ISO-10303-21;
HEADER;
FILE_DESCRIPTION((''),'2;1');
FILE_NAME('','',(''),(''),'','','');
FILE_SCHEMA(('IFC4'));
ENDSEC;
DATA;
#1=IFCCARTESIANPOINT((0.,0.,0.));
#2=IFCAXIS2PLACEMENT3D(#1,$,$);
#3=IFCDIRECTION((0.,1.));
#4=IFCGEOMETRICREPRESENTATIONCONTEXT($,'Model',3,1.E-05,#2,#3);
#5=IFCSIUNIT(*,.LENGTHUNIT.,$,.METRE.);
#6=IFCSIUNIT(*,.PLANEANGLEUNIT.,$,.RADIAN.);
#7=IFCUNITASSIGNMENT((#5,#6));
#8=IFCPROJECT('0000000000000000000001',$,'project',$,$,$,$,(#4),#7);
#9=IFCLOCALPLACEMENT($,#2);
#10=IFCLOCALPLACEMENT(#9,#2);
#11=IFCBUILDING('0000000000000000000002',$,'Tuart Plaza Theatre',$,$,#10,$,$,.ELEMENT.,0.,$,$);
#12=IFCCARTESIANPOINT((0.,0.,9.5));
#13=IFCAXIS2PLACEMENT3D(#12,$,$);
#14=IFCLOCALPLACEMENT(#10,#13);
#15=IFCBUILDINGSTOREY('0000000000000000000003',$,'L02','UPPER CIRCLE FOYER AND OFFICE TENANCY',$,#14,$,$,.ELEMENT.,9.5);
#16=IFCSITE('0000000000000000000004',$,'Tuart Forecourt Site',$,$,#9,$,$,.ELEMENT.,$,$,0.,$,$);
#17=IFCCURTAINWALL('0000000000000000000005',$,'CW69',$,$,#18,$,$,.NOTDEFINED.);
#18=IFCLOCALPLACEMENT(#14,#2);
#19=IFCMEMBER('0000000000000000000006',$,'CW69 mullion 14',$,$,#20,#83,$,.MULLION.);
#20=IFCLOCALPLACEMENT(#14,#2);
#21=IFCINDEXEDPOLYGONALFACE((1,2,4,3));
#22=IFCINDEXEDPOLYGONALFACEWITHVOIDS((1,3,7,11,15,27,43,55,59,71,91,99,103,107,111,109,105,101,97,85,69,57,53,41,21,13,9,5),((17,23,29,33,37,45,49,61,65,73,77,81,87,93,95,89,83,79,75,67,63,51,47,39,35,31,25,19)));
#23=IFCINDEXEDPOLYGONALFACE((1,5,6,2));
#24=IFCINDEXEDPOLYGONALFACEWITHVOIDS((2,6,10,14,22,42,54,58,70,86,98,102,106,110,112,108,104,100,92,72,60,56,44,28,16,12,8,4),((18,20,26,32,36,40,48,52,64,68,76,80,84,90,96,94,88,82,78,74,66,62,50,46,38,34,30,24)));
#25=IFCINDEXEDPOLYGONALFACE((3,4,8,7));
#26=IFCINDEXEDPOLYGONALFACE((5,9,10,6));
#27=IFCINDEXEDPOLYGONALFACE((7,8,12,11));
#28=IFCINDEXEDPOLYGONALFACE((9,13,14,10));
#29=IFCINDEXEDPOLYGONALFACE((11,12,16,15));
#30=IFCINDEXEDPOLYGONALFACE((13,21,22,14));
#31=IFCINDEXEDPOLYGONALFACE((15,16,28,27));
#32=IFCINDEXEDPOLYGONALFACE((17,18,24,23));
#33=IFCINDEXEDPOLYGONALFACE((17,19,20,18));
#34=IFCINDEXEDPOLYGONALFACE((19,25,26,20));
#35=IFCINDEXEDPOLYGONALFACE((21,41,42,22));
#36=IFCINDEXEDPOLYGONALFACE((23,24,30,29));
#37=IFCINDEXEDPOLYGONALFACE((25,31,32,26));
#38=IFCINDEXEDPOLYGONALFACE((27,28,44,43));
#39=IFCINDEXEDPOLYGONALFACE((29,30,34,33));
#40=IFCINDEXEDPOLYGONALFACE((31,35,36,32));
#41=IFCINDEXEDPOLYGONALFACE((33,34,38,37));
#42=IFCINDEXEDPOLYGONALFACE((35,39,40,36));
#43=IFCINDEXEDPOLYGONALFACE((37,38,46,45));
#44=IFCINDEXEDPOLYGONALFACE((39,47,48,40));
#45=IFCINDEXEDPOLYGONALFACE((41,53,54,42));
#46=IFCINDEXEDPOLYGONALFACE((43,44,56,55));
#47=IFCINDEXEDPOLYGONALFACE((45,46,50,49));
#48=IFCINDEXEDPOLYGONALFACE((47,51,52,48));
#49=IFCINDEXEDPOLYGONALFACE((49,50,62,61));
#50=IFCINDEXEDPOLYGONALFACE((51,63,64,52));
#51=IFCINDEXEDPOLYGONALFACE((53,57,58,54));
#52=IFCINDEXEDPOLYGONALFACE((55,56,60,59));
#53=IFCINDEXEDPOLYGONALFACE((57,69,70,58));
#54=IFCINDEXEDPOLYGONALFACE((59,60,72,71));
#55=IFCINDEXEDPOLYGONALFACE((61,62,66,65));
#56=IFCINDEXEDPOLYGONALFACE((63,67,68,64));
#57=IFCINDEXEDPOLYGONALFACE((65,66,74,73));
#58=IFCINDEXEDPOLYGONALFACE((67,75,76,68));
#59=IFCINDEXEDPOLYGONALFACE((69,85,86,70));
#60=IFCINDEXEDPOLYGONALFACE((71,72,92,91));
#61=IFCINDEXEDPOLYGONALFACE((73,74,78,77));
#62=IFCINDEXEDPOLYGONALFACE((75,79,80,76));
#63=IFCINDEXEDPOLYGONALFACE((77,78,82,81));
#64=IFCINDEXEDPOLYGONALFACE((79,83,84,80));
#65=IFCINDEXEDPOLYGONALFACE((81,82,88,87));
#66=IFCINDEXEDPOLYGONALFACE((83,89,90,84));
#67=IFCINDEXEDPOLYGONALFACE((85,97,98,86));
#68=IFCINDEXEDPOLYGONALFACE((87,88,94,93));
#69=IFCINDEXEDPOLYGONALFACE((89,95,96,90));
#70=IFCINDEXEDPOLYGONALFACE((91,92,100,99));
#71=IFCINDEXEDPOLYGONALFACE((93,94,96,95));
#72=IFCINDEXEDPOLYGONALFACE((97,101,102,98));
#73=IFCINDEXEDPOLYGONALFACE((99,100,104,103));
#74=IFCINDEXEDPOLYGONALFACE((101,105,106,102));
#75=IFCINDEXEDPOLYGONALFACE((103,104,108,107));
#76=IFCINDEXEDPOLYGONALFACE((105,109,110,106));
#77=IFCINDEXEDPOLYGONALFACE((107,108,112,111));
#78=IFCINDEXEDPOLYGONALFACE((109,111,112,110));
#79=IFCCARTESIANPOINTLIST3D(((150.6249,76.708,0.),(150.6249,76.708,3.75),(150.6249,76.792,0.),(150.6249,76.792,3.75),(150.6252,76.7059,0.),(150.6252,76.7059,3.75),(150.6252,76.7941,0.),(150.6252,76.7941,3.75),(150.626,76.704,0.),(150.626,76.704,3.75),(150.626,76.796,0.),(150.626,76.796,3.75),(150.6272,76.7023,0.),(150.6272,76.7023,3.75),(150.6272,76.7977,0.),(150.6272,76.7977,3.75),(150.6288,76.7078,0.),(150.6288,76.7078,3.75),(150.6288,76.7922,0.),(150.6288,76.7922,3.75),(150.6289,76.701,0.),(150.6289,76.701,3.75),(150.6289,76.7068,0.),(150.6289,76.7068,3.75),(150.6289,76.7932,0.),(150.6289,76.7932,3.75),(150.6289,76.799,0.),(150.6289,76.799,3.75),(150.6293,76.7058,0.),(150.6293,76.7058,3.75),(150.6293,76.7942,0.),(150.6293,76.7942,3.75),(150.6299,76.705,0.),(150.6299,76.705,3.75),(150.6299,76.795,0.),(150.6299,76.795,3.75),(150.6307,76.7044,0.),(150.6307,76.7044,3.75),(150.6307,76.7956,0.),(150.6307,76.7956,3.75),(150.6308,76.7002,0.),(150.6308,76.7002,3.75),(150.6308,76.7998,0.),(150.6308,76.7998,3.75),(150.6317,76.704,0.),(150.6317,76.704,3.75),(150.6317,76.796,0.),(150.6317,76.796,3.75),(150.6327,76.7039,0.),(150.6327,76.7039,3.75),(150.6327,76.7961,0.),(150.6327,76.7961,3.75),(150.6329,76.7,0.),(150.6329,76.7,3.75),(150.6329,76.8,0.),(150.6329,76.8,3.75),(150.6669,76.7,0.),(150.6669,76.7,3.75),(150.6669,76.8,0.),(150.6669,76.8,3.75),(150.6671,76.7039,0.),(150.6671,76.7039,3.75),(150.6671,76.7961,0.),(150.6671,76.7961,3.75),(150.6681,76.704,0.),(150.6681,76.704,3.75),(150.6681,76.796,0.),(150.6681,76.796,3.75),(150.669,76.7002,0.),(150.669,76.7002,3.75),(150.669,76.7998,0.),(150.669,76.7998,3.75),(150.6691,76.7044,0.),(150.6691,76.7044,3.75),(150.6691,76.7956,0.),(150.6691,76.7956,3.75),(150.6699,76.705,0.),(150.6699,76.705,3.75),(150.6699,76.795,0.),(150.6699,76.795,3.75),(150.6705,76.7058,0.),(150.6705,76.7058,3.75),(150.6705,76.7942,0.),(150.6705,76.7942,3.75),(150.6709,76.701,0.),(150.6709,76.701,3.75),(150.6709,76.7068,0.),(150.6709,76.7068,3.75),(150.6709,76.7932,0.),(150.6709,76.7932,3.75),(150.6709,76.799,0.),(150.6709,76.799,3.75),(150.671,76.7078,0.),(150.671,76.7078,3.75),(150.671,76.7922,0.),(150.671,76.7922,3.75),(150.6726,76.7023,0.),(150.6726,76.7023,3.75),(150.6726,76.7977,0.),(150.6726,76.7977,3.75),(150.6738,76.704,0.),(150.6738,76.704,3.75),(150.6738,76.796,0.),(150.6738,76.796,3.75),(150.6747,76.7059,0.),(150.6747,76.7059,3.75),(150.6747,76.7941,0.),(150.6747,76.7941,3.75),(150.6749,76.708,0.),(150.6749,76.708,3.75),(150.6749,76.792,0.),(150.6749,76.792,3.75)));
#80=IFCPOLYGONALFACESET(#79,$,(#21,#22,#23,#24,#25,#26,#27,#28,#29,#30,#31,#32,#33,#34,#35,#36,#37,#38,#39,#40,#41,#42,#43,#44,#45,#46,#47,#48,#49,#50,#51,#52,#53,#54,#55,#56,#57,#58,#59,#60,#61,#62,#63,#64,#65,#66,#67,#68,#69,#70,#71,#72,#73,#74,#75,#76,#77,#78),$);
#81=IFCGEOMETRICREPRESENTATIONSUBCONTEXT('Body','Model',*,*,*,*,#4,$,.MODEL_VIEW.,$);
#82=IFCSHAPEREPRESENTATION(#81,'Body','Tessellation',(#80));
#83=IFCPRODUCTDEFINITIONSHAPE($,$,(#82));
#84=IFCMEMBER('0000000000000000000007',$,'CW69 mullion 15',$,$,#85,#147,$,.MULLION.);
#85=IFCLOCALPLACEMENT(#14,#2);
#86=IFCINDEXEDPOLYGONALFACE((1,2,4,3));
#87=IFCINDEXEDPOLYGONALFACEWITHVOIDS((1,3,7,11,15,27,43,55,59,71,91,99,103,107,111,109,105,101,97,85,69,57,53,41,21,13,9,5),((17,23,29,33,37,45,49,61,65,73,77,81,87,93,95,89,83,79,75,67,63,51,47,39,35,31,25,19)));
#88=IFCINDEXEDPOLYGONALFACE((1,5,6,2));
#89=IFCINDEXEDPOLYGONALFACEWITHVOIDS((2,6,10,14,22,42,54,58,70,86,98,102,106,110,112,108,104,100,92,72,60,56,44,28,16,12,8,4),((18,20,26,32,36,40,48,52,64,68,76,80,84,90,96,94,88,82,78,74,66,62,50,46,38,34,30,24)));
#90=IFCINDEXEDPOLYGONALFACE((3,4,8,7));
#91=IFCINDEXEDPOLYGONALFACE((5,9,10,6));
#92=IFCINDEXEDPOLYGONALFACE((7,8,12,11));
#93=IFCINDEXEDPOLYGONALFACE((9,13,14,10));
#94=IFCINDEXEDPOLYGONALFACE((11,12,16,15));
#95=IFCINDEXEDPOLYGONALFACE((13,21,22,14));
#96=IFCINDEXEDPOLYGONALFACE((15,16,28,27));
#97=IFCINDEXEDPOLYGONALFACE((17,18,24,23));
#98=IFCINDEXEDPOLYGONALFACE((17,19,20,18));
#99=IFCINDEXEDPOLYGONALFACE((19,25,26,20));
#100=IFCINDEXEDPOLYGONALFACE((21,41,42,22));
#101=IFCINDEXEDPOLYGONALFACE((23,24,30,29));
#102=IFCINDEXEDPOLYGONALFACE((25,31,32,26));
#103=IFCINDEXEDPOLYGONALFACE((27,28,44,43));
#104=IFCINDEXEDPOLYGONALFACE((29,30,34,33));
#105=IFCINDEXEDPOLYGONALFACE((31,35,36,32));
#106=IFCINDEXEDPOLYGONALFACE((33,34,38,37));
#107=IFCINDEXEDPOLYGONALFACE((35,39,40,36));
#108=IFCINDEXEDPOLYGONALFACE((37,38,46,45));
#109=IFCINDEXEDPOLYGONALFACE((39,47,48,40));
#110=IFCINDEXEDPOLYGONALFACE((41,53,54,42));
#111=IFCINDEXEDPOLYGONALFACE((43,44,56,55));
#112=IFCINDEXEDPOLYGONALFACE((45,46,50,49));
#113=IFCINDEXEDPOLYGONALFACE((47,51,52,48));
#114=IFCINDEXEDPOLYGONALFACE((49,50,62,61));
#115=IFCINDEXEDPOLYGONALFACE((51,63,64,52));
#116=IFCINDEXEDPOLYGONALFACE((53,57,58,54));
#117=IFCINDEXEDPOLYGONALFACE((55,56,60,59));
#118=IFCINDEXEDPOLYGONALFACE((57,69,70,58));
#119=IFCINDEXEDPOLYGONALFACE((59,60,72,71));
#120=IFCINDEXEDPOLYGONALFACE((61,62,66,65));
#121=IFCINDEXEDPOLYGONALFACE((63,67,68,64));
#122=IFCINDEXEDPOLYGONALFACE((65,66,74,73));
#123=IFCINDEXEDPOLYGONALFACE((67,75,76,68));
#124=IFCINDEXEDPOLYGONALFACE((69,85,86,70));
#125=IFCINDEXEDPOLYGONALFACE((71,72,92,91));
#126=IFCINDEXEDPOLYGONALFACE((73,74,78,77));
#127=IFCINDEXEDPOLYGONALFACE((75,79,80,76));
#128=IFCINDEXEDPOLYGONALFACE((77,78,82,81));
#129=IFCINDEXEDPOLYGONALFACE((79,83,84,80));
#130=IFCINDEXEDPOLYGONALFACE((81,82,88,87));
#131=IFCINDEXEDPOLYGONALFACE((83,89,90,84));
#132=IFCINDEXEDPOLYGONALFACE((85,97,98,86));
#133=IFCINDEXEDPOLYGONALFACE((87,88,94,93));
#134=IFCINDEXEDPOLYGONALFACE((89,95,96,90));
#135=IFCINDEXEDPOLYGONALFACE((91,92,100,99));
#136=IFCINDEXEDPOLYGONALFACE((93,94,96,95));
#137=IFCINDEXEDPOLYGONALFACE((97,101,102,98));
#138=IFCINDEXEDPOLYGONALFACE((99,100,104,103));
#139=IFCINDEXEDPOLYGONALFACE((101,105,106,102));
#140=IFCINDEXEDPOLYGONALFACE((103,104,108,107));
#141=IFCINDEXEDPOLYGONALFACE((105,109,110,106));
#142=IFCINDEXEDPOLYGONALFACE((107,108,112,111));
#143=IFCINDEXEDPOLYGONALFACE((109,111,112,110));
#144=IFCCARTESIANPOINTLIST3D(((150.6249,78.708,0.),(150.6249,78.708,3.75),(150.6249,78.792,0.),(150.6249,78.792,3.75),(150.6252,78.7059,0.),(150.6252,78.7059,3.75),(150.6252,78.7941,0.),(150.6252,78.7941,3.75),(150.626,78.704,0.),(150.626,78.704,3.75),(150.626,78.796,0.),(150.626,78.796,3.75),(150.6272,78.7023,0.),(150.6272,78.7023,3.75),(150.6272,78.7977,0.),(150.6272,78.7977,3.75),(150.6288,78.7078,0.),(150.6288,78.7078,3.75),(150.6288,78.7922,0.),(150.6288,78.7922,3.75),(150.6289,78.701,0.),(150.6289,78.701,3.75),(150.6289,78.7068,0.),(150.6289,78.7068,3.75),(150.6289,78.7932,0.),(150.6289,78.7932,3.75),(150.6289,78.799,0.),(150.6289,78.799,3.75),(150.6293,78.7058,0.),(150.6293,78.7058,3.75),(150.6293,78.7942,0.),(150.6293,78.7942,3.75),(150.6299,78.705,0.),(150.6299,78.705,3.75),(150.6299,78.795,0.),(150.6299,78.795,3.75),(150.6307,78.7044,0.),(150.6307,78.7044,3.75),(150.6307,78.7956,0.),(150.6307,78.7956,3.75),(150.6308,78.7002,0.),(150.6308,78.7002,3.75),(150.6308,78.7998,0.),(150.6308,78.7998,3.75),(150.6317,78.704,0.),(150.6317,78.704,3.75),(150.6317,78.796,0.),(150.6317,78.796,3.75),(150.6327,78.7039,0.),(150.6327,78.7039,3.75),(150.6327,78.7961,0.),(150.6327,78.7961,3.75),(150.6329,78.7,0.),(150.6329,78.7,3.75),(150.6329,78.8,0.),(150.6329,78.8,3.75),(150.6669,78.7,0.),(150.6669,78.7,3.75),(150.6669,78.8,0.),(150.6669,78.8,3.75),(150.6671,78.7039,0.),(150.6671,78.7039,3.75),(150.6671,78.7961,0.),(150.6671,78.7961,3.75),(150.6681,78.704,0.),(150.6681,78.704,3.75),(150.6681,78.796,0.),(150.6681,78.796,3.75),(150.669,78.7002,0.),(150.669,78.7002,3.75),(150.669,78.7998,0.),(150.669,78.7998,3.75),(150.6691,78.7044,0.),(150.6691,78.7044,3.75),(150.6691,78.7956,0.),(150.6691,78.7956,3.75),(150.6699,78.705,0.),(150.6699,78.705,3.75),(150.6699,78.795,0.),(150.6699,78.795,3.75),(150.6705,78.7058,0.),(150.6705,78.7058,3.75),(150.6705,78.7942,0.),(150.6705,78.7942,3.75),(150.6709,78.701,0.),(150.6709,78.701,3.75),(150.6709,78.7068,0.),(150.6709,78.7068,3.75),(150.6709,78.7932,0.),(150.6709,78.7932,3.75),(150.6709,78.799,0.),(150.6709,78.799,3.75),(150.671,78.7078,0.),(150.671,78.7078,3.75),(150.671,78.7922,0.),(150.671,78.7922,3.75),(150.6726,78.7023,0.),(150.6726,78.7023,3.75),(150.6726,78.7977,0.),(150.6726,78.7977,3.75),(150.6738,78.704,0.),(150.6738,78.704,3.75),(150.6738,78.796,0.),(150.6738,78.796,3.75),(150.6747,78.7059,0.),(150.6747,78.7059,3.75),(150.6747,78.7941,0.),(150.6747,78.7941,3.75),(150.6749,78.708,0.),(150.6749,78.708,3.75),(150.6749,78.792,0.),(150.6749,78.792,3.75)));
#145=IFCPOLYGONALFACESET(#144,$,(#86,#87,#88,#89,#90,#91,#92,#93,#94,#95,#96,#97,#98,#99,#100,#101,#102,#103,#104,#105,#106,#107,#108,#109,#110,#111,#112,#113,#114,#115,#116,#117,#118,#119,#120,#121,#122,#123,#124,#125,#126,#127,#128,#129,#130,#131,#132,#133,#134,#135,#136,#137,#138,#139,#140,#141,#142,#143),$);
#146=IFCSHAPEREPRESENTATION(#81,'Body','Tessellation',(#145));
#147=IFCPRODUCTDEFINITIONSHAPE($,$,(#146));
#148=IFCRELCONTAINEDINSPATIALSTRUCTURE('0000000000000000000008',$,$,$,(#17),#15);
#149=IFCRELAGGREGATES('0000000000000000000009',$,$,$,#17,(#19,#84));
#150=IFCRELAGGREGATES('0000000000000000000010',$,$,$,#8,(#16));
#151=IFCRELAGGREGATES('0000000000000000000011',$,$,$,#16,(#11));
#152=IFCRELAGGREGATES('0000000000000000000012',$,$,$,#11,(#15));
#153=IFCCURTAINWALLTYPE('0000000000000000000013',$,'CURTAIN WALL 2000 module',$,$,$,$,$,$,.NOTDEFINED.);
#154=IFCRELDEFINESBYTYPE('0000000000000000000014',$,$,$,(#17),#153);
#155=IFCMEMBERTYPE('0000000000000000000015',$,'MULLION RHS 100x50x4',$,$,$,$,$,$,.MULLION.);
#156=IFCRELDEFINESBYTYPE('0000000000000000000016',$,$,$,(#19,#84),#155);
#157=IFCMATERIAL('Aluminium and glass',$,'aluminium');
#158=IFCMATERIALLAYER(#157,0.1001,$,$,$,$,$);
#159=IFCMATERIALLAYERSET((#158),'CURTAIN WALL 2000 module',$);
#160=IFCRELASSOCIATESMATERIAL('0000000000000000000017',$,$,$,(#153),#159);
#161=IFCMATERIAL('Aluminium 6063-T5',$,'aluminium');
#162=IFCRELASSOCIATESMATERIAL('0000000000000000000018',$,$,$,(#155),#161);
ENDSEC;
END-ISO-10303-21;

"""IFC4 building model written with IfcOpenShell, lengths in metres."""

from ifc_helpers import new_model, si_unit, direction, frame, origin, origin_2d, place, context, subcontext, project, spatial, hollow_rectangle, extrude, material, layer, layer_set, material_profile, profile_set, type_object, element, aggregate, save


model = new_model("IFC4")

# Units and contexts
model_context = context("Model", 3, precision=1e-05, world=origin(), true_north=direction((0.0, 1.0)))
body_context = subcontext(model_context, "Body", "Model", "MODEL_VIEW")
ifc_project = project(units=[si_unit("LENGTHUNIT", "METRE"), si_unit("PLANEANGLEUNIT", "RADIAN")], contexts=[model_context])

# Site, building, storey
site_placement = place(None, origin())
site = spatial("IfcSite", under=ifc_project, at=site_placement, Name="Tuart Forecourt Site", CompositionType="ELEMENT", RefElevation=0.0)
building_placement = place(site_placement, origin())
building = spatial("IfcBuilding", under=site, at=building_placement, Name="Tuart Plaza Theatre", CompositionType="ELEMENT", ElevationOfRefHeight=0.0)
storey_placement = place(building_placement, frame((0.0, 0.0, 9.5)))
storey = spatial("IfcBuildingStorey", under=building, at=storey_placement, Name="L02", Description="UPPER CIRCLE FOYER AND OFFICE TENANCY", CompositionType="ELEMENT", Elevation=9.5)

# Curtain wall, members
ifc_material_1 = material(Name="Aluminium and glass", Category="aluminium")
ifc_layer_1 = layer(ifc_material_1, 0.1001)
ifc_layer_set_1 = layer_set([ifc_layer_1], Name="CURTAIN WALL 2000 module")
curtain_wall_type = type_object("IfcCurtainWallType", Name="CURTAIN WALL 2000 module", PredefinedType="NOTDEFINED", material=ifc_layer_set_1)
curtain_wall_placement = place(storey_placement, origin())
curtain_wall = element("IfcCurtainWall", 1, at=curtain_wall_placement, inside=storey, type_object=curtain_wall_type, Name="CW69", PredefinedType="NOTDEFINED")
ifc_material_2 = material(Name="Aluminium 6063-T5", Category="aluminium")
ifc_material_profile_1 = material_profile(ifc_material_2, hollow_rectangle(XDim=0.05, YDim=0.1001, WallThickness=0.0039, InnerFilletRadius=0.0039, OuterFilletRadius=0.0081, at=origin_2d()), Name="RHS 100x50x4")
ifc_profile_set_1 = profile_set([ifc_material_profile_1], Name="Aluminium 6063-T5")
member_type_1 = type_object("IfcMemberType", Name="MULLION RHS 100x50x4", PredefinedType="MULLION", material=ifc_profile_set_1)
member_1_placement = place(storey_placement, frame((150.6499, 76.75, 0.0), z_axis=(0.0, 0.0, 1.0), x_axis=(-1.0, 0.0, 0.0)))
member_1 = element("IfcMember", 2, at=member_1_placement, type_object=member_type_1, Name="CW69 mullion 14", PredefinedType="MULLION", context=body_context, shape_type="SweptSolid", body=[
    extrude(hollow_rectangle(XDim=0.05, YDim=0.1001, WallThickness=0.0039, InnerFilletRadius=0.0039, OuterFilletRadius=0.0081, at=origin_2d()), origin(), (0.0, 0.0, 1.0), 3.75),
])
member_2_placement = place(storey_placement, frame((150.6499, 78.75, 0.0), z_axis=(0.0, 0.0, 1.0), x_axis=(-1.0, 0.0, 0.0)))
member_2 = element("IfcMember", 3, at=member_2_placement, type_object=member_type_1, Name="CW69 mullion 15", PredefinedType="MULLION", context=body_context, shape_type="SweptSolid", body=[
    extrude(hollow_rectangle(XDim=0.05, YDim=0.1001, WallThickness=0.0039, InnerFilletRadius=0.0039, OuterFilletRadius=0.0081, at=origin_2d()), origin(), (0.0, 0.0, 1.0), 3.75),
])
aggregate(curtain_wall, [member_1, member_2])

save(model, "model.ifc")
